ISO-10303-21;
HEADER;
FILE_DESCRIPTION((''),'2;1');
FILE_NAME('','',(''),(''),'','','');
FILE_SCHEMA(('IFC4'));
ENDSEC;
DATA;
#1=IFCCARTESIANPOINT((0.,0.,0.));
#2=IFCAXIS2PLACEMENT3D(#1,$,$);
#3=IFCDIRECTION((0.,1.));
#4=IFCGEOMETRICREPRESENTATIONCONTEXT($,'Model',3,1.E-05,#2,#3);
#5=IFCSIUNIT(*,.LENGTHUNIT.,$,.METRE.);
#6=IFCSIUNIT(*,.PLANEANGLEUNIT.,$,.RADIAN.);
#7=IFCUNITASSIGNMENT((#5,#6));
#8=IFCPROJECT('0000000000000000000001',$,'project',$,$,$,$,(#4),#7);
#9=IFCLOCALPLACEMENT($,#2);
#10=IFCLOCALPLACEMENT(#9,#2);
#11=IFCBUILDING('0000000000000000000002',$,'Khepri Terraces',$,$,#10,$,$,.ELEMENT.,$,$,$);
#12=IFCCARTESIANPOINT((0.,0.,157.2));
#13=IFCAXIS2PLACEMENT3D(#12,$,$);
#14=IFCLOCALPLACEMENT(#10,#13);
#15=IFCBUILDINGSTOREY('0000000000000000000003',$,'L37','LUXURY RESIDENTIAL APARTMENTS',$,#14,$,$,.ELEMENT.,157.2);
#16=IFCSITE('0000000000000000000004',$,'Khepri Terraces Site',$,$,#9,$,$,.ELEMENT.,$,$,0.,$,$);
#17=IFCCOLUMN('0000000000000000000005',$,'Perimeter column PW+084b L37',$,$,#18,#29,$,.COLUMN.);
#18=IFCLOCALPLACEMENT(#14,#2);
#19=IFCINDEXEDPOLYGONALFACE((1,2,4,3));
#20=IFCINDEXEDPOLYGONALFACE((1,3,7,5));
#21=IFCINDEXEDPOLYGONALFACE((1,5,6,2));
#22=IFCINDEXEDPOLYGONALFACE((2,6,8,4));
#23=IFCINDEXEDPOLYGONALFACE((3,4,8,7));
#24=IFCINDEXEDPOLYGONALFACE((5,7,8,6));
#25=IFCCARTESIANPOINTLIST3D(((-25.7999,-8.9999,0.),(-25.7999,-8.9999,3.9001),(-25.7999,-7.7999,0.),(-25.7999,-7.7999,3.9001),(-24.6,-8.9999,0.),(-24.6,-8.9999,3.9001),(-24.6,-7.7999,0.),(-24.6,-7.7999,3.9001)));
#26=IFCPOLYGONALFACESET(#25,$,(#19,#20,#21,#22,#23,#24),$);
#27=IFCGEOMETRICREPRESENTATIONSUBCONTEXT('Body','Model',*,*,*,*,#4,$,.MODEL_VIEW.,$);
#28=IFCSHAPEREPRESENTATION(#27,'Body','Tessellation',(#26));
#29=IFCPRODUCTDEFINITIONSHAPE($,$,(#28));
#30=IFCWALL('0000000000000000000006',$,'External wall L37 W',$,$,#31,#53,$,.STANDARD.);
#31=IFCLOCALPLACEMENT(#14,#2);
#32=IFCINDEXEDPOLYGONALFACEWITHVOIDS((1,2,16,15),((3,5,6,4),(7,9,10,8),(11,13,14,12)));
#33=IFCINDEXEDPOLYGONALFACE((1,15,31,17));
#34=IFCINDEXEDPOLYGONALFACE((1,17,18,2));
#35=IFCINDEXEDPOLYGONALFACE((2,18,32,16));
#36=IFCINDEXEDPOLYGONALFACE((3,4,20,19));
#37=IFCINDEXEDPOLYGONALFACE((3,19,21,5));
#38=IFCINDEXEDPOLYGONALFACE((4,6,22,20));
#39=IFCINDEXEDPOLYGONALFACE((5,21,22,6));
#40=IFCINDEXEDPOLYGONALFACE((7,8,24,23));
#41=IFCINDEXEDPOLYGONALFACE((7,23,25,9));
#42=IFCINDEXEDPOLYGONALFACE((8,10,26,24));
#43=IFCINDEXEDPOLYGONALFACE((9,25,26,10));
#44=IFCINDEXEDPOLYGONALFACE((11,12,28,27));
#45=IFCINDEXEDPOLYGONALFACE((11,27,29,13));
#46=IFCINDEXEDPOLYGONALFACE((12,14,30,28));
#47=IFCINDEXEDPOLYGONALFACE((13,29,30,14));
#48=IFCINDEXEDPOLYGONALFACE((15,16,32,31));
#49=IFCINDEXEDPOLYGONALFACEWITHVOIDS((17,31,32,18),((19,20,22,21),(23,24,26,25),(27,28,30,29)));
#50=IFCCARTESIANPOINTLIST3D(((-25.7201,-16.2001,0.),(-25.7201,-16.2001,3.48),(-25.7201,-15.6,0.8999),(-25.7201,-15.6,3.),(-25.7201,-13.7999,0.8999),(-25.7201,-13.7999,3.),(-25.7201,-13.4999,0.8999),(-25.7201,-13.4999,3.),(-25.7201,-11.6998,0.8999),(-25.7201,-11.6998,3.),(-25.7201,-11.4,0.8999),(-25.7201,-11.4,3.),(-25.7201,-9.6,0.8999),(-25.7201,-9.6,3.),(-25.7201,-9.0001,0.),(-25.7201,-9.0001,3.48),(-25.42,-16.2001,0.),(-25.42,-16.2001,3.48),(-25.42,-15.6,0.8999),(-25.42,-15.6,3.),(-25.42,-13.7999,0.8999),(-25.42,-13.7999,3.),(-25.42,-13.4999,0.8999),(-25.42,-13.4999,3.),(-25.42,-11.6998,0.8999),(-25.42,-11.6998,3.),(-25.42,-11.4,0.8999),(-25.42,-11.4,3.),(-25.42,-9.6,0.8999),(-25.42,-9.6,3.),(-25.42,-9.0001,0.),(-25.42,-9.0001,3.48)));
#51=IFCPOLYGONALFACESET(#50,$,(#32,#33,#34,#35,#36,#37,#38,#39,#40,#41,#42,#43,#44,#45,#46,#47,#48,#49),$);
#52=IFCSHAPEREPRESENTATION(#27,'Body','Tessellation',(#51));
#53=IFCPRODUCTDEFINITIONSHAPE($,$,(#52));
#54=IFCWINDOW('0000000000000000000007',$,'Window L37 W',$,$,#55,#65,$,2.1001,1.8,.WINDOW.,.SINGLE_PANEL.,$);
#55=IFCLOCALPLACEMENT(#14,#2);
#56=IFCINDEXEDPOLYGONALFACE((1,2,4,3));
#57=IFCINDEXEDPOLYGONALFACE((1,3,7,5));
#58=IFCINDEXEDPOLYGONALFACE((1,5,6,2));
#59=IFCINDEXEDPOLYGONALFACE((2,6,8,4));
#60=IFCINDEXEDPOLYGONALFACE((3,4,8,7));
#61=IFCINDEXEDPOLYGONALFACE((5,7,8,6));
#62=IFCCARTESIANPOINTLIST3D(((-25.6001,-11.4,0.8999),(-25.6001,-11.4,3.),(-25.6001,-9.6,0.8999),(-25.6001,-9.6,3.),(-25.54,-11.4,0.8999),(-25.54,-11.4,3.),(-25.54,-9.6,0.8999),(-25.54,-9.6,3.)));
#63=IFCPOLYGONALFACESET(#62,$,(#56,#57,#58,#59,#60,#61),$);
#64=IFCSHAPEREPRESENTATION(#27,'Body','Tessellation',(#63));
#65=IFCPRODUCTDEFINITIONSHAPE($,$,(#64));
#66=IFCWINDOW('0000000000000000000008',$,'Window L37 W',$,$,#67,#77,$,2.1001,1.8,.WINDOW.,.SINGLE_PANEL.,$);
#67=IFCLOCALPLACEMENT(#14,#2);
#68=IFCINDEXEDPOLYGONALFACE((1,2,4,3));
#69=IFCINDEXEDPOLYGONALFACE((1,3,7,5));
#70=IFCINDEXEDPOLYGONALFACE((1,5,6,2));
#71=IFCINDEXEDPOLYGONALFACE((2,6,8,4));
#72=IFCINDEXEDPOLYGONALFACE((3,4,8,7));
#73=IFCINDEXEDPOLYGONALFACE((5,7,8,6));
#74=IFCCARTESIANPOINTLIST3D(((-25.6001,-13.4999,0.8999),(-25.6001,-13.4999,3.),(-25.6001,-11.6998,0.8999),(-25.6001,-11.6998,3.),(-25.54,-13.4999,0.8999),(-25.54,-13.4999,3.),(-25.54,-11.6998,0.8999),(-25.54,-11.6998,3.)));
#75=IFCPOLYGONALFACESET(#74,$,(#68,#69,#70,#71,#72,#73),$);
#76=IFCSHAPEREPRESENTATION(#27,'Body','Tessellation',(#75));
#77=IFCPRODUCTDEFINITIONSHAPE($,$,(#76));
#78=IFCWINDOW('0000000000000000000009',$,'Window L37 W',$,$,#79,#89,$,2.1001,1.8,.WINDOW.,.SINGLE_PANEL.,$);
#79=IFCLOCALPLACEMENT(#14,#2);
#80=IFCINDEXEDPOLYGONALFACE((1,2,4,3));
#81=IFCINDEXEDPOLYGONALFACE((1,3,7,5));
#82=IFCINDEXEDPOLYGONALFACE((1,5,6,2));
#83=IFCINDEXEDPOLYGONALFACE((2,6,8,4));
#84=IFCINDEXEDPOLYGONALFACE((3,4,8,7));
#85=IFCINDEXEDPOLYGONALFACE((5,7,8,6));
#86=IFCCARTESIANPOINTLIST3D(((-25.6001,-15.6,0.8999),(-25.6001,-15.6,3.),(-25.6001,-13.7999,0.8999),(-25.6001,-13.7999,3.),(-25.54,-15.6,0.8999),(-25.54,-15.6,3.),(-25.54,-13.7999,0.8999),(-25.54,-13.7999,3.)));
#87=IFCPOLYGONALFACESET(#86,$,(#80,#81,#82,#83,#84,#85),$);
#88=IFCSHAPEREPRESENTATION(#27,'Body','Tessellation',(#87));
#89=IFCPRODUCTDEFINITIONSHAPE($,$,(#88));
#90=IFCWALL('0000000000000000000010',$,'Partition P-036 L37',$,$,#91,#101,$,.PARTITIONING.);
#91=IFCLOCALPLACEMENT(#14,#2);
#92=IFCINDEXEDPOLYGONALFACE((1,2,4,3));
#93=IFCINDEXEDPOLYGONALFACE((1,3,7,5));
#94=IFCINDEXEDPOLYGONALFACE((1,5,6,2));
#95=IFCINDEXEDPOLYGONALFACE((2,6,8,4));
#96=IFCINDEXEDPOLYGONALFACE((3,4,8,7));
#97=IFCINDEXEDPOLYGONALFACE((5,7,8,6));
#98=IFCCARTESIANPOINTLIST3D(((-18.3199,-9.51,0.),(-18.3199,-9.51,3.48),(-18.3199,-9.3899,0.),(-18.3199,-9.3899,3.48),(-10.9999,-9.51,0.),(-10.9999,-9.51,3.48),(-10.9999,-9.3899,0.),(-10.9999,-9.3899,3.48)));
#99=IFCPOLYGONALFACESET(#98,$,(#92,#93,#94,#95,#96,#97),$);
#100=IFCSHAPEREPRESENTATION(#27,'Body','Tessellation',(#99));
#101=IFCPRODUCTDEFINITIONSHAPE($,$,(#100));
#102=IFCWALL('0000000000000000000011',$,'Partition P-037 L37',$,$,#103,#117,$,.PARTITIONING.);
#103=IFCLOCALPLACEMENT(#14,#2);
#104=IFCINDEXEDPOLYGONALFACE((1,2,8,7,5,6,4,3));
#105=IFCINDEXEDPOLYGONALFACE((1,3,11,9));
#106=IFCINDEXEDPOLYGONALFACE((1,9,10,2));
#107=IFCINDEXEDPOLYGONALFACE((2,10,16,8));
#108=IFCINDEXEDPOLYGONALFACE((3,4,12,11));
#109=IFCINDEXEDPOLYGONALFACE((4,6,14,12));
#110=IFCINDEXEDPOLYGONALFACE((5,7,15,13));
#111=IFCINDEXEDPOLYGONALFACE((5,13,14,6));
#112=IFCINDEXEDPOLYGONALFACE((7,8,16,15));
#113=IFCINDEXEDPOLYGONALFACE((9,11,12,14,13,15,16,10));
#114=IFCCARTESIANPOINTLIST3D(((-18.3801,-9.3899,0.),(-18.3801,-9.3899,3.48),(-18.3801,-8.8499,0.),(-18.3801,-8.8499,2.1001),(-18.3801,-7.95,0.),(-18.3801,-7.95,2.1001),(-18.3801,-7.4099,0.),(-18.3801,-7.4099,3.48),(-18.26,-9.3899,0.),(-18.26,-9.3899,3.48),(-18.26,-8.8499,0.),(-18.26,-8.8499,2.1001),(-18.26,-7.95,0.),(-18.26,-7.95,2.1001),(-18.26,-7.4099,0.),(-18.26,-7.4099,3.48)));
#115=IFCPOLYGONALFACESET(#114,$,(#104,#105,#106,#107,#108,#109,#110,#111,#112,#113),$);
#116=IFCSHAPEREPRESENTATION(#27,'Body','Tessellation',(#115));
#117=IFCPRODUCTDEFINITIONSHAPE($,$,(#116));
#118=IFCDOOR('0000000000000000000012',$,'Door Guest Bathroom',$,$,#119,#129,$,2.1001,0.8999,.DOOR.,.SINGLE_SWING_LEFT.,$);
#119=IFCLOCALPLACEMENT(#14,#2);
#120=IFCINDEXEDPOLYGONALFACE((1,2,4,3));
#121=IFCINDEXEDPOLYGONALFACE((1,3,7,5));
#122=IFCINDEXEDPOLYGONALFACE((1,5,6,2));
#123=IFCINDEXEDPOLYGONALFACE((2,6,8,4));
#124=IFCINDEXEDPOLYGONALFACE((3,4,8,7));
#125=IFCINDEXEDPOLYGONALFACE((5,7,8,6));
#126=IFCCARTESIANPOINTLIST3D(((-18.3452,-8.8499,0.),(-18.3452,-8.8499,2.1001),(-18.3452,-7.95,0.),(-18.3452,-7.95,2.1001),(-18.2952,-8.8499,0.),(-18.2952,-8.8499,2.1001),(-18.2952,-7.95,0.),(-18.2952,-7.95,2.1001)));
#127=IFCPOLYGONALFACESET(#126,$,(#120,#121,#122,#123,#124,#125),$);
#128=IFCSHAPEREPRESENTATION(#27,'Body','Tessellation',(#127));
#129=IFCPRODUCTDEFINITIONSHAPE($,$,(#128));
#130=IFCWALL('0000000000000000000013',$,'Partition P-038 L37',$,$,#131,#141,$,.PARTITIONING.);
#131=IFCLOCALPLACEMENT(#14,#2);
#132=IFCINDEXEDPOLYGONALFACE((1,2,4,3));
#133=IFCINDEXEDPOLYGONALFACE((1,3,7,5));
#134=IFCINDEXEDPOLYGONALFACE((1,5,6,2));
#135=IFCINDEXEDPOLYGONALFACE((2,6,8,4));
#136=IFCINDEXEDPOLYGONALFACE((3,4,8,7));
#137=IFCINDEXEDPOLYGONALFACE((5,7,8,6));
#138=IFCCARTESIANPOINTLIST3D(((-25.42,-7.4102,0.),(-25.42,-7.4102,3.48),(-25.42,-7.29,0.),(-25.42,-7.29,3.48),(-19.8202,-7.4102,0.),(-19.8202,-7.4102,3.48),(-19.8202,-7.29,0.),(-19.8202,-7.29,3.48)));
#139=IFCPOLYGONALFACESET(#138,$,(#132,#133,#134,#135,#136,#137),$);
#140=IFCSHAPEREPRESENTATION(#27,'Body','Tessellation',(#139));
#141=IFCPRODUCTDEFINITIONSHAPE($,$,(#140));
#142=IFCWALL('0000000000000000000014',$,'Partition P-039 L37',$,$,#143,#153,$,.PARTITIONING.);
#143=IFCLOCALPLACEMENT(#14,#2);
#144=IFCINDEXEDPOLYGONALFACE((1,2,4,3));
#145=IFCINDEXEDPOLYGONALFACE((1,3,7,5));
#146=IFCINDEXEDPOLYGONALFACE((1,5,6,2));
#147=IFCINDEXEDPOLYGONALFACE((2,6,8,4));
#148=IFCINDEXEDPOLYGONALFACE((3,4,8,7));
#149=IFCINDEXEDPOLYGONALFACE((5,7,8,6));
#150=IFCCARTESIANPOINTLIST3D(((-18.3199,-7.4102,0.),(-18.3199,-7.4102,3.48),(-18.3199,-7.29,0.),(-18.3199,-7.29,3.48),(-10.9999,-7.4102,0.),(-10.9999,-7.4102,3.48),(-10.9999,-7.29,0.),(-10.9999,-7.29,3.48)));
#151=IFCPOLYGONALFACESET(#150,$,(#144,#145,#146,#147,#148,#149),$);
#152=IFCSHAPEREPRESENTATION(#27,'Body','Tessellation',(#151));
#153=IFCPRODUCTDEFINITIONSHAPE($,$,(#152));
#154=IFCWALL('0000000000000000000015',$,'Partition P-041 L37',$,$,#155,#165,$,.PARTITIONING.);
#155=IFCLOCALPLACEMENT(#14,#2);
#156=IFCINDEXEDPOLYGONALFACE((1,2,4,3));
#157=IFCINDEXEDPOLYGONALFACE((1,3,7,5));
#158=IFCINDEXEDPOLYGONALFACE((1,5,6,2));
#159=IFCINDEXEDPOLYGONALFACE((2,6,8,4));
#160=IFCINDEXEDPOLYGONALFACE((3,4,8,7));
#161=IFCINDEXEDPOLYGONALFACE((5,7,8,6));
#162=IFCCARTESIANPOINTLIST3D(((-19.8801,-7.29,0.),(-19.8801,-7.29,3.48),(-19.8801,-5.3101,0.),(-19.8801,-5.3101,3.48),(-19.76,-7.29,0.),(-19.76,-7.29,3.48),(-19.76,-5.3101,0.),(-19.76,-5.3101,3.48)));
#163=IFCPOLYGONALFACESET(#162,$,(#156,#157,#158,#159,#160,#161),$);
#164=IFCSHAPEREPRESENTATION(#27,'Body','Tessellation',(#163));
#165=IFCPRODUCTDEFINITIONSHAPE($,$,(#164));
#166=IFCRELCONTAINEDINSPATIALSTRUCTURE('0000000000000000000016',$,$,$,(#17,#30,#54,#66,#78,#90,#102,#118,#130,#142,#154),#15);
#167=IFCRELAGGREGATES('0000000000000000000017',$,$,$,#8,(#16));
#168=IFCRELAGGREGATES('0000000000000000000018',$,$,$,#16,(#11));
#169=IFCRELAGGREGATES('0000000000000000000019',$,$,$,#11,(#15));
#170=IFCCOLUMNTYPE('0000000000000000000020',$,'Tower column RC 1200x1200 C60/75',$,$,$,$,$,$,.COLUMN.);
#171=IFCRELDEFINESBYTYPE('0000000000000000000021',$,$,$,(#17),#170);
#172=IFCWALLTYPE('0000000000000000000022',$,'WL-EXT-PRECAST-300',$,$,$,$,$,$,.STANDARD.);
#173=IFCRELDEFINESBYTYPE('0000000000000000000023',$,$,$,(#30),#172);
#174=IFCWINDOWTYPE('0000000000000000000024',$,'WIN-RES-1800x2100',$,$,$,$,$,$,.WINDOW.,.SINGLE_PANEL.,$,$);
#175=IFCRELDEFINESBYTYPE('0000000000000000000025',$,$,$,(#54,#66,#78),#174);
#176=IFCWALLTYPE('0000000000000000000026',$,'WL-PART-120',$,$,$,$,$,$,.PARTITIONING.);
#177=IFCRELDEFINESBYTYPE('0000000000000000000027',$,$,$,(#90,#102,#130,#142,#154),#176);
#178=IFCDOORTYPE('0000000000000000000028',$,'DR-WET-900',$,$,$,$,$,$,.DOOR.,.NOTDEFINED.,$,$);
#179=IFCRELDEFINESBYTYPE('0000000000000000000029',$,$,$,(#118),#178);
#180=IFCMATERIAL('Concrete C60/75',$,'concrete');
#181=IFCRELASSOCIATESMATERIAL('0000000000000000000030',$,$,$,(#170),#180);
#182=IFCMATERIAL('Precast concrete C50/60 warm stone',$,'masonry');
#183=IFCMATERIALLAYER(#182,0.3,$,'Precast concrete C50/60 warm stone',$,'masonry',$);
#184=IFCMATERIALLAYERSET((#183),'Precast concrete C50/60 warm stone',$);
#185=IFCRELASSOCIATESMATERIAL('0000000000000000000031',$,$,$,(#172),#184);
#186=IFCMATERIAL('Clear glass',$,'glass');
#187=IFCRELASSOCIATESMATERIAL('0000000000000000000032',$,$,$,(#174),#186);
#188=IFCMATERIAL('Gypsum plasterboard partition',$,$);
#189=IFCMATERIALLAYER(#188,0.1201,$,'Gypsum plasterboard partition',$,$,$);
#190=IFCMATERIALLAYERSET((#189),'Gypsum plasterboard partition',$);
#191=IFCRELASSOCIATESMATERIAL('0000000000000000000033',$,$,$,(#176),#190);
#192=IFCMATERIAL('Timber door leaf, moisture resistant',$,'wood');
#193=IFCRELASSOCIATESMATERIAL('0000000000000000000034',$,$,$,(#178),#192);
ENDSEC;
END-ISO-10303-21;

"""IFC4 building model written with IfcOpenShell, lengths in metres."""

from ifc_helpers import new_model, si_unit, direction, frame, frame_2d, origin, origin_2d, place, context, subcontext, project, spatial, rectangle, extrude, material, layer, layer_set, material_profile, profile_set, type_object, element, fill, save


model = new_model("IFC4")

# Units and contexts
model_context = context("Model", 3, precision=1e-05, world=origin(), true_north=direction((0.0, 1.0)))
body_context = subcontext(model_context, "Body", "Model", "MODEL_VIEW")
ifc_project = project(units=[si_unit("LENGTHUNIT", "METRE"), si_unit("PLANEANGLEUNIT", "RADIAN")], contexts=[model_context])

# Site, building, storey
site_placement = place(None, origin())
site = spatial("IfcSite", under=ifc_project, at=site_placement, Name="Khepri Terraces Site", CompositionType="ELEMENT", RefElevation=0.0)
building_placement = place(site_placement, origin())
building = spatial("IfcBuilding", under=site, at=building_placement, Name="Khepri Terraces", CompositionType="ELEMENT")
storey_placement = place(building_placement, frame((0.0, 0.0, 157.2)))
storey = spatial("IfcBuildingStorey", under=building, at=storey_placement, Name="L37", Description="LUXURY RESIDENTIAL APARTMENTS", CompositionType="ELEMENT", Elevation=157.2)

# Column
ifc_material_1 = material(Name="Concrete C60/75", Category="concrete")
ifc_material_profile = material_profile(ifc_material_1, rectangle(XDim=1.2, YDim=1.2, at=origin_2d()), Name="Concrete C60/75", Category="concrete")
ifc_profile_set = profile_set([ifc_material_profile], Name="Concrete C60/75")
column_type = type_object("IfcColumnType", Name="Tower column RC 1200x1200 C60/75", PredefinedType="COLUMN", material=ifc_profile_set)
column_placement = place(storey_placement, frame((-25.2, -8.3999, 0.0), z_axis=(0.0, 0.0, 1.0), x_axis=(1.0, 0.0, 0.0)))
element("IfcColumn", 1, at=column_placement, inside=storey, type_object=column_type, Name="Perimeter column PW+084b L37", PredefinedType="COLUMN", context=body_context, shape_type="SweptSolid", body=[
    extrude(rectangle(XDim=1.2, YDim=1.2, at=origin_2d()), origin(), (0.0, 0.0, 1.0), 3.9001),
])

# Shared definitions
ifc_material_2 = material(Name="Precast concrete C50/60 warm stone", Category="masonry")
ifc_layer_1 = layer(ifc_material_2, 0.3, Name="Precast concrete C50/60 warm stone", Category="masonry")
ifc_layer_set_1 = layer_set([ifc_layer_1], Name="Precast concrete C50/60 warm stone")
wall_type_1 = type_object("IfcWallType", Name="WL-EXT-PRECAST-300", PredefinedType="STANDARD", material=ifc_layer_set_1)
ifc_material_3 = material(Name="Clear glass", Category="glass")
window_type = type_object("IfcWindowType", Name="WIN-RES-1800x2100", PartitioningType="SINGLE_PANEL", PredefinedType="WINDOW", material=ifc_material_3)

# Wall, openings, windows
wall_1_placement = place(storey_placement, frame((-25.5701, -9.0, 0.0), z_axis=(0.0, 0.0, 1.0), x_axis=(0.0, -1.0, 0.0)))
wall_1 = element("IfcWall", 2, at=wall_1_placement, inside=storey, type_object=wall_type_1, Name="External wall L37 W", PredefinedType="STANDARD", context=body_context, shape_type="SweptSolid", body=[
    extrude(rectangle(XDim=7.2, YDim=0.3, at=frame_2d((3.6001, 0.0))), origin(), (0.0, 0.0, 1.0), 3.48),
])
opening_1_placement = place(wall_1_placement, frame((0.6001, 0.0, 0.8999)))
opening_1 = element("IfcOpeningElement", 3, at=opening_1_placement, cuts=wall_1, PredefinedType="OPENING", context=body_context, shape_type="SweptSolid", body=[
    extrude(rectangle(XDim=1.8, YDim=2.1001, at=frame_2d((0.8999, 1.05))), frame((0.0, 0.1602, 0.0), z_axis=(0.0, -1.0, 0.0), x_axis=(1.0, 0.0, 0.0)), (0.0, 0.0, 1.0), 0.3201),
])
opening_2_placement = place(wall_1_placement, frame((2.7, 0.0, 0.8999)))
opening_2 = element("IfcOpeningElement", 4, at=opening_2_placement, cuts=wall_1, PredefinedType="OPENING", context=body_context, shape_type="SweptSolid", body=[
    extrude(rectangle(XDim=1.8, YDim=2.1001, at=frame_2d((0.8999, 1.05))), frame((0.0, 0.1602, 0.0), z_axis=(0.0, -1.0, 0.0), x_axis=(1.0, 0.0, 0.0)), (0.0, 0.0, 1.0), 0.3201),
])
opening_3_placement = place(wall_1_placement, frame((4.8, 0.0, 0.8999)))
opening_3 = element("IfcOpeningElement", 5, at=opening_3_placement, cuts=wall_1, PredefinedType="OPENING", context=body_context, shape_type="SweptSolid", body=[
    extrude(rectangle(XDim=1.8, YDim=2.1001, at=frame_2d((0.8999, 1.05))), frame((0.0, 0.1602, 0.0), z_axis=(0.0, -1.0, 0.0), x_axis=(1.0, 0.0, 0.0)), (0.0, 0.0, 1.0), 0.3201),
])
window_1_placement = place(opening_1_placement, origin())
window_1 = element("IfcWindow", 6, at=window_1_placement, inside=storey, type_object=window_type, Name="Window L37 W", OverallHeight=2.1001, OverallWidth=1.8, PartitioningType="SINGLE_PANEL", PredefinedType="WINDOW", context=body_context, shape_type="SweptSolid", body=[
    extrude(rectangle(XDim=1.8, YDim=2.1001, at=frame_2d((0.8999, 1.05))), frame((0.0, 0.03, 0.0), z_axis=(0.0, -1.0, 0.0), x_axis=(1.0, 0.0, 0.0)), (0.0, 0.0, 1.0), 0.0601),
])
fill(opening_1, window_1)
window_2_placement = place(opening_2_placement, origin())
window_2 = element("IfcWindow", 7, at=window_2_placement, inside=storey, type_object=window_type, Name="Window L37 W", OverallHeight=2.1001, OverallWidth=1.8, PartitioningType="SINGLE_PANEL", PredefinedType="WINDOW", context=body_context, shape_type="SweptSolid", body=[
    extrude(rectangle(XDim=1.8, YDim=2.1001, at=frame_2d((0.8999, 1.05))), frame((0.0, 0.03, 0.0), z_axis=(0.0, -1.0, 0.0), x_axis=(1.0, 0.0, 0.0)), (0.0, 0.0, 1.0), 0.0601),
])
fill(opening_2, window_2)
window_3_placement = place(opening_3_placement, origin())
window_3 = element("IfcWindow", 8, at=window_3_placement, inside=storey, type_object=window_type, Name="Window L37 W", OverallHeight=2.1001, OverallWidth=1.8, PartitioningType="SINGLE_PANEL", PredefinedType="WINDOW", context=body_context, shape_type="SweptSolid", body=[
    extrude(rectangle(XDim=1.8, YDim=2.1001, at=frame_2d((0.8999, 1.05))), frame((0.0, 0.03, 0.0), z_axis=(0.0, -1.0, 0.0), x_axis=(1.0, 0.0, 0.0)), (0.0, 0.0, 1.0), 0.0601),
])
fill(opening_3, window_3)

# Wall
ifc_material_4 = material(Name="Gypsum plasterboard partition")
ifc_layer_2 = layer(ifc_material_4, 0.1201, Name="Gypsum plasterboard partition")
ifc_layer_set_2 = layer_set([ifc_layer_2], Name="Gypsum plasterboard partition")
wall_type_2 = type_object("IfcWallType", Name="WL-PART-120", PredefinedType="PARTITIONING", material=ifc_layer_set_2)
wall_2_placement = place(storey_placement, frame((-18.3201, -9.45, 0.0), z_axis=(0.0, 0.0, 1.0), x_axis=(1.0, 0.0, 0.0)))
element("IfcWall", 9, at=wall_2_placement, inside=storey, type_object=wall_type_2, Name="Partition P-036 L37", PredefinedType="PARTITIONING", context=body_context, shape_type="SweptSolid", body=[
    extrude(rectangle(XDim=7.3201, YDim=0.1201, at=frame_2d((3.6602, 0.0))), origin(), (0.0, 0.0, 1.0), 3.48),
])

# Wall, opening, door
wall_3_placement = place(storey_placement, frame((-18.3201, -9.3899, 0.0), z_axis=(0.0, 0.0, 1.0), x_axis=(0.0, 1.0, 0.0)))
wall_3 = element("IfcWall", 10, at=wall_3_placement, inside=storey, type_object=wall_type_2, Name="Partition P-037 L37", PredefinedType="PARTITIONING", context=body_context, shape_type="SweptSolid", body=[
    extrude(rectangle(XDim=1.98, YDim=0.1201, at=frame_2d((0.99, 0.0))), origin(), (0.0, 0.0, 1.0), 3.48),
])
opening_4_placement = place(wall_3_placement, frame((0.54, 0.0, 0.0)))
opening_4 = element("IfcOpeningElement", 11, at=opening_4_placement, cuts=wall_3, PredefinedType="OPENING", context=body_context, shape_type="SweptSolid", body=[
    extrude(rectangle(XDim=0.8999, YDim=2.1001, at=frame_2d((0.45, 1.05))), frame((0.0, 0.0701, 0.0), z_axis=(0.0, -1.0, 0.0), x_axis=(1.0, 0.0, 0.0)), (0.0, 0.0, 1.0), 0.1401),
])
ifc_material_5 = material(Name="Timber door leaf, moisture resistant", Category="wood")
door_type_1 = type_object("IfcDoorType", Name="DR-WET-900", OperationType="NOTDEFINED", PredefinedType="DOOR", material=ifc_material_5)
door_1_placement = place(opening_4_placement, frame((0.8999, 0.0, 0.0), z_axis=(0.0, 0.0, 1.0), x_axis=(-1.0, 0.0, 0.0)))
door_1 = element("IfcDoor", 12, at=door_1_placement, inside=storey, type_object=door_type_1, Name="Door Guest Bathroom", OperationType="SINGLE_SWING_LEFT", OverallHeight=2.1001, OverallWidth=0.8999, PredefinedType="DOOR", context=body_context, shape_type="SweptSolid", body=[
    extrude(rectangle(XDim=0.8999, YDim=2.1001, at=frame_2d((0.45, 1.05))), frame((0.0, 0.0249, 0.0), z_axis=(0.0, -1.0, 0.0), x_axis=(1.0, 0.0, 0.0)), (0.0, 0.0, 1.0), 0.05),
])
fill(opening_4, door_1)

# Walls
wall_4_placement = place(storey_placement, frame((-25.4199, -7.3501, 0.0), z_axis=(0.0, 0.0, 1.0), x_axis=(1.0, 0.0, 0.0)))
element("IfcWall", 13, at=wall_4_placement, inside=storey, type_object=wall_type_2, Name="Partition P-038 L37", PredefinedType="PARTITIONING", context=body_context, shape_type="SweptSolid", body=[
    extrude(rectangle(XDim=5.5999, YDim=0.1201, at=frame_2d((2.7998, 0.0))), origin(), (0.0, 0.0, 1.0), 3.48),
])
wall_5_placement = place(storey_placement, frame((-18.3201, -7.3501, 0.0), z_axis=(0.0, 0.0, 1.0), x_axis=(1.0, 0.0, 0.0)))
element("IfcWall", 14, at=wall_5_placement, inside=storey, type_object=wall_type_2, Name="Partition P-039 L37", PredefinedType="PARTITIONING", context=body_context, shape_type="SweptSolid", body=[
    extrude(rectangle(XDim=7.3201, YDim=0.1201, at=frame_2d((3.6602, 0.0))), origin(), (0.0, 0.0, 1.0), 3.48),
])
wall_6_placement = place(storey_placement, frame((-19.8201, -7.29, 0.0), z_axis=(0.0, 0.0, 1.0), x_axis=(0.0, 1.0, 0.0)))
element("IfcWall", 15, at=wall_6_placement, inside=storey, type_object=wall_type_2, Name="Partition P-041 L37", PredefinedType="PARTITIONING", context=body_context, shape_type="SweptSolid", body=[
    extrude(rectangle(XDim=1.98, YDim=0.1201, at=frame_2d((0.99, 0.0))), origin(), (0.0, 0.0, 1.0), 3.48),
])

save(model, "model.ifc")
